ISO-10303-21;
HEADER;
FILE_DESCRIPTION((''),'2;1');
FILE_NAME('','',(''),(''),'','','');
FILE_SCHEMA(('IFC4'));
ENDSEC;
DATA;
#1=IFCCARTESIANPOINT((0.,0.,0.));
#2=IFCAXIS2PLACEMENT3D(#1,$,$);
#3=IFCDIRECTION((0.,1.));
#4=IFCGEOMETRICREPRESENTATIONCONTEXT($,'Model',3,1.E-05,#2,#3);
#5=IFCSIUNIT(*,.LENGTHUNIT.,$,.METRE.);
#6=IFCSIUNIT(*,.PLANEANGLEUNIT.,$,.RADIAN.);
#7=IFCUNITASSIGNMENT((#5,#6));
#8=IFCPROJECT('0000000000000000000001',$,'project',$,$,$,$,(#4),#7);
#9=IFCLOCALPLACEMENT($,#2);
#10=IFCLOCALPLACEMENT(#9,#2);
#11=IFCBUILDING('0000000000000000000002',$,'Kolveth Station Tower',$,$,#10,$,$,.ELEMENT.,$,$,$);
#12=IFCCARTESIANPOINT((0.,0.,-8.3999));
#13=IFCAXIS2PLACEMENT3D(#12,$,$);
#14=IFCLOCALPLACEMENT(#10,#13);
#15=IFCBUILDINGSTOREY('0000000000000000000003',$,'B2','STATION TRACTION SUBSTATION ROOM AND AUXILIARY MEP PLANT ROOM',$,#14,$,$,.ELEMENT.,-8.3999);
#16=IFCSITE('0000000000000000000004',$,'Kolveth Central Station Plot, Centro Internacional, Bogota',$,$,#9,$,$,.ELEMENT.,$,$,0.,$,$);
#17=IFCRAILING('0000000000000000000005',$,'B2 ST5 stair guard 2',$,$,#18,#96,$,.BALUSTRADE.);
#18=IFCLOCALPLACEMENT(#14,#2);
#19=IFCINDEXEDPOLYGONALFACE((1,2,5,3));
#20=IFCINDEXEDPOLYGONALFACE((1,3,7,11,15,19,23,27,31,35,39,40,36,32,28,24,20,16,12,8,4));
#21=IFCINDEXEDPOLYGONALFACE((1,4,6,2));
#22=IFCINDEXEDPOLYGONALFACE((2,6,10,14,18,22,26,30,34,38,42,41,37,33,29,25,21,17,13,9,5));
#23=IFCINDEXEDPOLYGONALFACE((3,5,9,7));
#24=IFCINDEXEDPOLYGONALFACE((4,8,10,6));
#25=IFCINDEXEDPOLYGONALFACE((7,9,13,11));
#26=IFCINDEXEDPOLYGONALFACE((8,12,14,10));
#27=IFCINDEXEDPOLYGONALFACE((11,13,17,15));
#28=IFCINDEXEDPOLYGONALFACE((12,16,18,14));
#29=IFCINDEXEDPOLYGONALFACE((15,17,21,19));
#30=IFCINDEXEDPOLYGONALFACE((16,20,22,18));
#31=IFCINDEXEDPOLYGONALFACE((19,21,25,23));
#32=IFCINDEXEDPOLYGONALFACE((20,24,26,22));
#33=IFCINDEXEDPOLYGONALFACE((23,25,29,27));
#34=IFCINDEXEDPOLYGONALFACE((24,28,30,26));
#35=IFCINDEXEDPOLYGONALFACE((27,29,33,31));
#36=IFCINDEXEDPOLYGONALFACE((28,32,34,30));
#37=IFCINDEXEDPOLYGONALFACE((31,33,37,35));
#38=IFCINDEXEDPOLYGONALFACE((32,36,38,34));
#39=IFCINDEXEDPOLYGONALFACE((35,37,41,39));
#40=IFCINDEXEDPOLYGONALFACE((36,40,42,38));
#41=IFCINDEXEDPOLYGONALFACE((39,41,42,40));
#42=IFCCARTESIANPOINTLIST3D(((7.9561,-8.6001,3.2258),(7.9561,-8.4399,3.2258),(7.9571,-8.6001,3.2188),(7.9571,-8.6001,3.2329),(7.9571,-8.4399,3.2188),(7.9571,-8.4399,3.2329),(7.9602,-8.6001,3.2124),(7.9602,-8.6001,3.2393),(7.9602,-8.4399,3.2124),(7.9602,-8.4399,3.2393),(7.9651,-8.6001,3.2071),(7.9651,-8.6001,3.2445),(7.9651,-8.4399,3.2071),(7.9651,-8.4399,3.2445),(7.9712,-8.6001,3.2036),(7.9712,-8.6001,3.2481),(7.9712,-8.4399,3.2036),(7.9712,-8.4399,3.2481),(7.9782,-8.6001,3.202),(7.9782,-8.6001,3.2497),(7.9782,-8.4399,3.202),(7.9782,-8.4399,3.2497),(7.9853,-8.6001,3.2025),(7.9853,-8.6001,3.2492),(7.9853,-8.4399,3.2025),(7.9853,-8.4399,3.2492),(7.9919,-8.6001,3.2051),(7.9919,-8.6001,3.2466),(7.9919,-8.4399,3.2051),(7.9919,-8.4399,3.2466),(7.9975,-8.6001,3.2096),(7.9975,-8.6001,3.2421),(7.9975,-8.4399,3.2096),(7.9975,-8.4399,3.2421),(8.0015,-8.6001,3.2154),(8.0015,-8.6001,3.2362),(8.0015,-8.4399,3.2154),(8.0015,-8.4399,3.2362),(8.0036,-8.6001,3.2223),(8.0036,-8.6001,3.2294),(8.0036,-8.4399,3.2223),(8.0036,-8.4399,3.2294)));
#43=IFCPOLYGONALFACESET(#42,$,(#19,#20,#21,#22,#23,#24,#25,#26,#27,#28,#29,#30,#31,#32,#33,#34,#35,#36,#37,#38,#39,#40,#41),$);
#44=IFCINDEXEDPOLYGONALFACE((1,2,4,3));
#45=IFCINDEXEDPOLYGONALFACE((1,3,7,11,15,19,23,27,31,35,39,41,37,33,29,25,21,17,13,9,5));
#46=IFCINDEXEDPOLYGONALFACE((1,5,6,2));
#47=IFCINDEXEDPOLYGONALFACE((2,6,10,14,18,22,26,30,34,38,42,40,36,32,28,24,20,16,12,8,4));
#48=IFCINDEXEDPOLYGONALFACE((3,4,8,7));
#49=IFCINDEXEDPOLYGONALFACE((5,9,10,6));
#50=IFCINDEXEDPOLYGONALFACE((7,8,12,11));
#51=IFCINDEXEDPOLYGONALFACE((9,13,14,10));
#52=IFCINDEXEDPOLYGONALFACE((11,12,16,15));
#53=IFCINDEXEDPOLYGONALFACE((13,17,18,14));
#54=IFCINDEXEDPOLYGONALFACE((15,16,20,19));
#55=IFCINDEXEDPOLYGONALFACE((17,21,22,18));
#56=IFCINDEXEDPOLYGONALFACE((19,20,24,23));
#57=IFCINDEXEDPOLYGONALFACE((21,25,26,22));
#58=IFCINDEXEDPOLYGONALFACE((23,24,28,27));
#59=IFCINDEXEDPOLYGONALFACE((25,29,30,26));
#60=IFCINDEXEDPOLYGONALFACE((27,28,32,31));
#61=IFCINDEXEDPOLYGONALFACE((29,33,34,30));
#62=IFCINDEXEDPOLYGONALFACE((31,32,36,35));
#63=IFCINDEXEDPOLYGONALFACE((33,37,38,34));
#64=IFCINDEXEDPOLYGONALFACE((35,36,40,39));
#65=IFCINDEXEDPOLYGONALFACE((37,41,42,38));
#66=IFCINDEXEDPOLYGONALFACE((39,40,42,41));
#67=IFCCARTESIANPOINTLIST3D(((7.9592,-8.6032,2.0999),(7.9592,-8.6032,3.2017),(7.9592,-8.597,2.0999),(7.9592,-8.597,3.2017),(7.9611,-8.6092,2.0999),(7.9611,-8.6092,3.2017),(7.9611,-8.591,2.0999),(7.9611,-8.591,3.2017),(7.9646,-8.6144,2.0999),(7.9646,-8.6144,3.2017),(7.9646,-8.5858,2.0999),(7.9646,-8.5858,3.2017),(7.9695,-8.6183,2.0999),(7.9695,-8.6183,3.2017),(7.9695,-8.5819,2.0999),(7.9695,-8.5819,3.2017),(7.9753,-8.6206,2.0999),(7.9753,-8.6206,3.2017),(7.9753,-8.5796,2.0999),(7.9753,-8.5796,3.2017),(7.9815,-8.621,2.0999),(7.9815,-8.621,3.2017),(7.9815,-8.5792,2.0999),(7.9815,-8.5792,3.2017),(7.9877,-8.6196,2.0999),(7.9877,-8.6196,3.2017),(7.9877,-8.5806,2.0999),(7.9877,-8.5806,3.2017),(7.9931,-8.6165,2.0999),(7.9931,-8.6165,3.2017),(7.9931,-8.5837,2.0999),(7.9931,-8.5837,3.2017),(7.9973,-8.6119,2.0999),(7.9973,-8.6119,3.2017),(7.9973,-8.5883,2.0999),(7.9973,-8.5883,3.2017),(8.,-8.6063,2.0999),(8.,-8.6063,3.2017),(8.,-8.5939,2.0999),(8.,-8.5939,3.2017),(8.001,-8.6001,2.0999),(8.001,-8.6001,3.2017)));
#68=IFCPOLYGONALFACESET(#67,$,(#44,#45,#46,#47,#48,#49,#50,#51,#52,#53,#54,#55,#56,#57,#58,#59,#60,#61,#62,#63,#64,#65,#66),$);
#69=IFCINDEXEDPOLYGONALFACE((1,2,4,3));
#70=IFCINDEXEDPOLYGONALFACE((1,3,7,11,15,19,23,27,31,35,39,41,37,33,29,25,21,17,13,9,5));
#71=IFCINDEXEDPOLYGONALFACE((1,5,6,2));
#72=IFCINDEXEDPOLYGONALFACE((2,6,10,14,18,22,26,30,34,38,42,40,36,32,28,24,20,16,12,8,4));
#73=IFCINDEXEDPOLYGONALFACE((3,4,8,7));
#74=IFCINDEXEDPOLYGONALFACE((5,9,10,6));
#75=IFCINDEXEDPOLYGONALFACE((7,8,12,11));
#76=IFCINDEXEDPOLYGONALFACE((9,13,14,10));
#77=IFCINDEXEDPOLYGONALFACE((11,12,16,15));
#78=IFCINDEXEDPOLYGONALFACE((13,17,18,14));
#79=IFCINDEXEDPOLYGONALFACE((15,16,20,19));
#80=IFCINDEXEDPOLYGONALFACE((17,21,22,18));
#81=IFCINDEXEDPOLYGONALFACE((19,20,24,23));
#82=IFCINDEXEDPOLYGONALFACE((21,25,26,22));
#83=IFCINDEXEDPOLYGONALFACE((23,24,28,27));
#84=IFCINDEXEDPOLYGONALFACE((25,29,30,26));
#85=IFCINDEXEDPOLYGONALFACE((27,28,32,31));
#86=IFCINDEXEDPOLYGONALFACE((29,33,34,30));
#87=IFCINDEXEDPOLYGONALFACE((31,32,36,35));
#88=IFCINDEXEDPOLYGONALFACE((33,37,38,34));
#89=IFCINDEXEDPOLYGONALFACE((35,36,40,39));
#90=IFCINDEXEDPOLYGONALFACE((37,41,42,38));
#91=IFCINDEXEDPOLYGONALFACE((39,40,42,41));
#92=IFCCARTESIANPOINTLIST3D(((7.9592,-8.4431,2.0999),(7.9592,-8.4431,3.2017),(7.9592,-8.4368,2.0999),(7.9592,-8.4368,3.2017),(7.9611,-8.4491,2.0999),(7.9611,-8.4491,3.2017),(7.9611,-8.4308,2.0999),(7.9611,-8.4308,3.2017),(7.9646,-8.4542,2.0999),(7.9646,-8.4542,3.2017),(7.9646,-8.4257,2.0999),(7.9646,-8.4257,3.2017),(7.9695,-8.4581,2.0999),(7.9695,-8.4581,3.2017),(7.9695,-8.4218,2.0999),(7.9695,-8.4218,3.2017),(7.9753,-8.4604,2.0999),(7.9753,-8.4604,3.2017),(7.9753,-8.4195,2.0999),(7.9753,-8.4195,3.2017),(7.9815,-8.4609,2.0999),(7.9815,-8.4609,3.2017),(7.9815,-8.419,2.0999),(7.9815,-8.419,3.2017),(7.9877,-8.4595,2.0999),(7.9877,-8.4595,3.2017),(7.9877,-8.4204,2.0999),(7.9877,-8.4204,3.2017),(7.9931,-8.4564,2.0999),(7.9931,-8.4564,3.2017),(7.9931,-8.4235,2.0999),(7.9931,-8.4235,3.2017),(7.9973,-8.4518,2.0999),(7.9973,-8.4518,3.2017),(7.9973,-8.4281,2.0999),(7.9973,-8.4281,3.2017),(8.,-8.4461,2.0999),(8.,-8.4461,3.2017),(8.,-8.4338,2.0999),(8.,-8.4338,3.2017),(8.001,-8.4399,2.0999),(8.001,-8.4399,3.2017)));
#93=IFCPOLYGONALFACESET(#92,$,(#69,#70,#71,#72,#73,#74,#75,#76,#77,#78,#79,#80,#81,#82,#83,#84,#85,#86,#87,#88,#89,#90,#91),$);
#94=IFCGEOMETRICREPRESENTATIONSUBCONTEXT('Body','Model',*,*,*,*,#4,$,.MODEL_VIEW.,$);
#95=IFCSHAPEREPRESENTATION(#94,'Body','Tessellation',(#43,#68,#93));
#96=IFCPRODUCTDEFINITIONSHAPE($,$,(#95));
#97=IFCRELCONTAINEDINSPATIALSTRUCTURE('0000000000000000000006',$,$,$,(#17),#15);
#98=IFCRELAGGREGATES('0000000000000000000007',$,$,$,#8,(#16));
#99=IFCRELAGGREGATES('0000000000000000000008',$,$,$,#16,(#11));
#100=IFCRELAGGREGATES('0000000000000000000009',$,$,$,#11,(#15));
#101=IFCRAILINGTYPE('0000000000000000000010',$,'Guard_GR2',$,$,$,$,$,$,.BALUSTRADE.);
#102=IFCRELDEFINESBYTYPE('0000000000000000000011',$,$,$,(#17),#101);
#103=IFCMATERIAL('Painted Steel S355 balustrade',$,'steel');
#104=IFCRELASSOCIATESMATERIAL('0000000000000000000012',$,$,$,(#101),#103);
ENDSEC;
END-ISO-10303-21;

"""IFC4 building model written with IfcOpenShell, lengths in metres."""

from ifc_helpers import new_model, si_unit, direction, frame, origin, origin_2d, place, context, subcontext, project, spatial, circle, extrude, material, type_object, element, save


model = new_model("IFC4")

# Units and contexts
model_context = context("Model", 3, precision=1e-05, world=origin(), true_north=direction((0.0, 1.0)))
body_context = subcontext(model_context, "Body", "Model", "MODEL_VIEW")
ifc_project = project(units=[si_unit("LENGTHUNIT", "METRE"), si_unit("PLANEANGLEUNIT", "RADIAN")], contexts=[model_context])

# Site, building, storey
site_placement = place(None, origin())
site = spatial("IfcSite", under=ifc_project, at=site_placement, Name="Kolveth Central Station Plot, Centro Internacional, Bogota", CompositionType="ELEMENT", RefElevation=0.0)
building_placement = place(site_placement, origin())
building = spatial("IfcBuilding", under=site, at=building_placement, Name="Kolveth Station Tower", CompositionType="ELEMENT")
storey_placement = place(building_placement, frame((0.0, 0.0, -8.3999)))
storey = spatial("IfcBuildingStorey", under=building, at=storey_placement, Name="B2", Description="STATION TRACTION SUBSTATION ROOM AND AUXILIARY MEP PLANT ROOM", CompositionType="ELEMENT", Elevation=-8.3999)

# Railing
ifc_material_1 = material(Name="Painted Steel S355 balustrade", Category="steel")
railing_type_1 = type_object("IfcRailingType", Name="Guard_GR2", PredefinedType="BALUSTRADE", material=ifc_material_1)
railing_1_placement = place(storey_placement, frame((7.98, -8.6001, 2.0999)))
element("IfcRailing", 1, at=railing_1_placement, inside=storey, type_object=railing_type_1, Name="B2 ST5 stair guard 2", PredefinedType="BALUSTRADE", context=body_context, shape_type="SweptSolid", body=[
    extrude(circle(Radius=0.0239, at=origin_2d()), frame((0.0, 0.0, 1.126), z_axis=(0.0, 1.0, 0.0), x_axis=(-1.0, 0.0, 0.0)), (0.0, 0.0, 1.0), 0.1602),
    extrude(circle(Radius=0.021, at=origin_2d()), origin(), (0.0, 0.0, 1.0), 1.1018),
    extrude(circle(Radius=0.021, at=origin_2d()), frame((0.0, 0.1602, 0.0)), (0.0, 0.0, 1.0), 1.1018),
])

save(model, "model.ifc")
